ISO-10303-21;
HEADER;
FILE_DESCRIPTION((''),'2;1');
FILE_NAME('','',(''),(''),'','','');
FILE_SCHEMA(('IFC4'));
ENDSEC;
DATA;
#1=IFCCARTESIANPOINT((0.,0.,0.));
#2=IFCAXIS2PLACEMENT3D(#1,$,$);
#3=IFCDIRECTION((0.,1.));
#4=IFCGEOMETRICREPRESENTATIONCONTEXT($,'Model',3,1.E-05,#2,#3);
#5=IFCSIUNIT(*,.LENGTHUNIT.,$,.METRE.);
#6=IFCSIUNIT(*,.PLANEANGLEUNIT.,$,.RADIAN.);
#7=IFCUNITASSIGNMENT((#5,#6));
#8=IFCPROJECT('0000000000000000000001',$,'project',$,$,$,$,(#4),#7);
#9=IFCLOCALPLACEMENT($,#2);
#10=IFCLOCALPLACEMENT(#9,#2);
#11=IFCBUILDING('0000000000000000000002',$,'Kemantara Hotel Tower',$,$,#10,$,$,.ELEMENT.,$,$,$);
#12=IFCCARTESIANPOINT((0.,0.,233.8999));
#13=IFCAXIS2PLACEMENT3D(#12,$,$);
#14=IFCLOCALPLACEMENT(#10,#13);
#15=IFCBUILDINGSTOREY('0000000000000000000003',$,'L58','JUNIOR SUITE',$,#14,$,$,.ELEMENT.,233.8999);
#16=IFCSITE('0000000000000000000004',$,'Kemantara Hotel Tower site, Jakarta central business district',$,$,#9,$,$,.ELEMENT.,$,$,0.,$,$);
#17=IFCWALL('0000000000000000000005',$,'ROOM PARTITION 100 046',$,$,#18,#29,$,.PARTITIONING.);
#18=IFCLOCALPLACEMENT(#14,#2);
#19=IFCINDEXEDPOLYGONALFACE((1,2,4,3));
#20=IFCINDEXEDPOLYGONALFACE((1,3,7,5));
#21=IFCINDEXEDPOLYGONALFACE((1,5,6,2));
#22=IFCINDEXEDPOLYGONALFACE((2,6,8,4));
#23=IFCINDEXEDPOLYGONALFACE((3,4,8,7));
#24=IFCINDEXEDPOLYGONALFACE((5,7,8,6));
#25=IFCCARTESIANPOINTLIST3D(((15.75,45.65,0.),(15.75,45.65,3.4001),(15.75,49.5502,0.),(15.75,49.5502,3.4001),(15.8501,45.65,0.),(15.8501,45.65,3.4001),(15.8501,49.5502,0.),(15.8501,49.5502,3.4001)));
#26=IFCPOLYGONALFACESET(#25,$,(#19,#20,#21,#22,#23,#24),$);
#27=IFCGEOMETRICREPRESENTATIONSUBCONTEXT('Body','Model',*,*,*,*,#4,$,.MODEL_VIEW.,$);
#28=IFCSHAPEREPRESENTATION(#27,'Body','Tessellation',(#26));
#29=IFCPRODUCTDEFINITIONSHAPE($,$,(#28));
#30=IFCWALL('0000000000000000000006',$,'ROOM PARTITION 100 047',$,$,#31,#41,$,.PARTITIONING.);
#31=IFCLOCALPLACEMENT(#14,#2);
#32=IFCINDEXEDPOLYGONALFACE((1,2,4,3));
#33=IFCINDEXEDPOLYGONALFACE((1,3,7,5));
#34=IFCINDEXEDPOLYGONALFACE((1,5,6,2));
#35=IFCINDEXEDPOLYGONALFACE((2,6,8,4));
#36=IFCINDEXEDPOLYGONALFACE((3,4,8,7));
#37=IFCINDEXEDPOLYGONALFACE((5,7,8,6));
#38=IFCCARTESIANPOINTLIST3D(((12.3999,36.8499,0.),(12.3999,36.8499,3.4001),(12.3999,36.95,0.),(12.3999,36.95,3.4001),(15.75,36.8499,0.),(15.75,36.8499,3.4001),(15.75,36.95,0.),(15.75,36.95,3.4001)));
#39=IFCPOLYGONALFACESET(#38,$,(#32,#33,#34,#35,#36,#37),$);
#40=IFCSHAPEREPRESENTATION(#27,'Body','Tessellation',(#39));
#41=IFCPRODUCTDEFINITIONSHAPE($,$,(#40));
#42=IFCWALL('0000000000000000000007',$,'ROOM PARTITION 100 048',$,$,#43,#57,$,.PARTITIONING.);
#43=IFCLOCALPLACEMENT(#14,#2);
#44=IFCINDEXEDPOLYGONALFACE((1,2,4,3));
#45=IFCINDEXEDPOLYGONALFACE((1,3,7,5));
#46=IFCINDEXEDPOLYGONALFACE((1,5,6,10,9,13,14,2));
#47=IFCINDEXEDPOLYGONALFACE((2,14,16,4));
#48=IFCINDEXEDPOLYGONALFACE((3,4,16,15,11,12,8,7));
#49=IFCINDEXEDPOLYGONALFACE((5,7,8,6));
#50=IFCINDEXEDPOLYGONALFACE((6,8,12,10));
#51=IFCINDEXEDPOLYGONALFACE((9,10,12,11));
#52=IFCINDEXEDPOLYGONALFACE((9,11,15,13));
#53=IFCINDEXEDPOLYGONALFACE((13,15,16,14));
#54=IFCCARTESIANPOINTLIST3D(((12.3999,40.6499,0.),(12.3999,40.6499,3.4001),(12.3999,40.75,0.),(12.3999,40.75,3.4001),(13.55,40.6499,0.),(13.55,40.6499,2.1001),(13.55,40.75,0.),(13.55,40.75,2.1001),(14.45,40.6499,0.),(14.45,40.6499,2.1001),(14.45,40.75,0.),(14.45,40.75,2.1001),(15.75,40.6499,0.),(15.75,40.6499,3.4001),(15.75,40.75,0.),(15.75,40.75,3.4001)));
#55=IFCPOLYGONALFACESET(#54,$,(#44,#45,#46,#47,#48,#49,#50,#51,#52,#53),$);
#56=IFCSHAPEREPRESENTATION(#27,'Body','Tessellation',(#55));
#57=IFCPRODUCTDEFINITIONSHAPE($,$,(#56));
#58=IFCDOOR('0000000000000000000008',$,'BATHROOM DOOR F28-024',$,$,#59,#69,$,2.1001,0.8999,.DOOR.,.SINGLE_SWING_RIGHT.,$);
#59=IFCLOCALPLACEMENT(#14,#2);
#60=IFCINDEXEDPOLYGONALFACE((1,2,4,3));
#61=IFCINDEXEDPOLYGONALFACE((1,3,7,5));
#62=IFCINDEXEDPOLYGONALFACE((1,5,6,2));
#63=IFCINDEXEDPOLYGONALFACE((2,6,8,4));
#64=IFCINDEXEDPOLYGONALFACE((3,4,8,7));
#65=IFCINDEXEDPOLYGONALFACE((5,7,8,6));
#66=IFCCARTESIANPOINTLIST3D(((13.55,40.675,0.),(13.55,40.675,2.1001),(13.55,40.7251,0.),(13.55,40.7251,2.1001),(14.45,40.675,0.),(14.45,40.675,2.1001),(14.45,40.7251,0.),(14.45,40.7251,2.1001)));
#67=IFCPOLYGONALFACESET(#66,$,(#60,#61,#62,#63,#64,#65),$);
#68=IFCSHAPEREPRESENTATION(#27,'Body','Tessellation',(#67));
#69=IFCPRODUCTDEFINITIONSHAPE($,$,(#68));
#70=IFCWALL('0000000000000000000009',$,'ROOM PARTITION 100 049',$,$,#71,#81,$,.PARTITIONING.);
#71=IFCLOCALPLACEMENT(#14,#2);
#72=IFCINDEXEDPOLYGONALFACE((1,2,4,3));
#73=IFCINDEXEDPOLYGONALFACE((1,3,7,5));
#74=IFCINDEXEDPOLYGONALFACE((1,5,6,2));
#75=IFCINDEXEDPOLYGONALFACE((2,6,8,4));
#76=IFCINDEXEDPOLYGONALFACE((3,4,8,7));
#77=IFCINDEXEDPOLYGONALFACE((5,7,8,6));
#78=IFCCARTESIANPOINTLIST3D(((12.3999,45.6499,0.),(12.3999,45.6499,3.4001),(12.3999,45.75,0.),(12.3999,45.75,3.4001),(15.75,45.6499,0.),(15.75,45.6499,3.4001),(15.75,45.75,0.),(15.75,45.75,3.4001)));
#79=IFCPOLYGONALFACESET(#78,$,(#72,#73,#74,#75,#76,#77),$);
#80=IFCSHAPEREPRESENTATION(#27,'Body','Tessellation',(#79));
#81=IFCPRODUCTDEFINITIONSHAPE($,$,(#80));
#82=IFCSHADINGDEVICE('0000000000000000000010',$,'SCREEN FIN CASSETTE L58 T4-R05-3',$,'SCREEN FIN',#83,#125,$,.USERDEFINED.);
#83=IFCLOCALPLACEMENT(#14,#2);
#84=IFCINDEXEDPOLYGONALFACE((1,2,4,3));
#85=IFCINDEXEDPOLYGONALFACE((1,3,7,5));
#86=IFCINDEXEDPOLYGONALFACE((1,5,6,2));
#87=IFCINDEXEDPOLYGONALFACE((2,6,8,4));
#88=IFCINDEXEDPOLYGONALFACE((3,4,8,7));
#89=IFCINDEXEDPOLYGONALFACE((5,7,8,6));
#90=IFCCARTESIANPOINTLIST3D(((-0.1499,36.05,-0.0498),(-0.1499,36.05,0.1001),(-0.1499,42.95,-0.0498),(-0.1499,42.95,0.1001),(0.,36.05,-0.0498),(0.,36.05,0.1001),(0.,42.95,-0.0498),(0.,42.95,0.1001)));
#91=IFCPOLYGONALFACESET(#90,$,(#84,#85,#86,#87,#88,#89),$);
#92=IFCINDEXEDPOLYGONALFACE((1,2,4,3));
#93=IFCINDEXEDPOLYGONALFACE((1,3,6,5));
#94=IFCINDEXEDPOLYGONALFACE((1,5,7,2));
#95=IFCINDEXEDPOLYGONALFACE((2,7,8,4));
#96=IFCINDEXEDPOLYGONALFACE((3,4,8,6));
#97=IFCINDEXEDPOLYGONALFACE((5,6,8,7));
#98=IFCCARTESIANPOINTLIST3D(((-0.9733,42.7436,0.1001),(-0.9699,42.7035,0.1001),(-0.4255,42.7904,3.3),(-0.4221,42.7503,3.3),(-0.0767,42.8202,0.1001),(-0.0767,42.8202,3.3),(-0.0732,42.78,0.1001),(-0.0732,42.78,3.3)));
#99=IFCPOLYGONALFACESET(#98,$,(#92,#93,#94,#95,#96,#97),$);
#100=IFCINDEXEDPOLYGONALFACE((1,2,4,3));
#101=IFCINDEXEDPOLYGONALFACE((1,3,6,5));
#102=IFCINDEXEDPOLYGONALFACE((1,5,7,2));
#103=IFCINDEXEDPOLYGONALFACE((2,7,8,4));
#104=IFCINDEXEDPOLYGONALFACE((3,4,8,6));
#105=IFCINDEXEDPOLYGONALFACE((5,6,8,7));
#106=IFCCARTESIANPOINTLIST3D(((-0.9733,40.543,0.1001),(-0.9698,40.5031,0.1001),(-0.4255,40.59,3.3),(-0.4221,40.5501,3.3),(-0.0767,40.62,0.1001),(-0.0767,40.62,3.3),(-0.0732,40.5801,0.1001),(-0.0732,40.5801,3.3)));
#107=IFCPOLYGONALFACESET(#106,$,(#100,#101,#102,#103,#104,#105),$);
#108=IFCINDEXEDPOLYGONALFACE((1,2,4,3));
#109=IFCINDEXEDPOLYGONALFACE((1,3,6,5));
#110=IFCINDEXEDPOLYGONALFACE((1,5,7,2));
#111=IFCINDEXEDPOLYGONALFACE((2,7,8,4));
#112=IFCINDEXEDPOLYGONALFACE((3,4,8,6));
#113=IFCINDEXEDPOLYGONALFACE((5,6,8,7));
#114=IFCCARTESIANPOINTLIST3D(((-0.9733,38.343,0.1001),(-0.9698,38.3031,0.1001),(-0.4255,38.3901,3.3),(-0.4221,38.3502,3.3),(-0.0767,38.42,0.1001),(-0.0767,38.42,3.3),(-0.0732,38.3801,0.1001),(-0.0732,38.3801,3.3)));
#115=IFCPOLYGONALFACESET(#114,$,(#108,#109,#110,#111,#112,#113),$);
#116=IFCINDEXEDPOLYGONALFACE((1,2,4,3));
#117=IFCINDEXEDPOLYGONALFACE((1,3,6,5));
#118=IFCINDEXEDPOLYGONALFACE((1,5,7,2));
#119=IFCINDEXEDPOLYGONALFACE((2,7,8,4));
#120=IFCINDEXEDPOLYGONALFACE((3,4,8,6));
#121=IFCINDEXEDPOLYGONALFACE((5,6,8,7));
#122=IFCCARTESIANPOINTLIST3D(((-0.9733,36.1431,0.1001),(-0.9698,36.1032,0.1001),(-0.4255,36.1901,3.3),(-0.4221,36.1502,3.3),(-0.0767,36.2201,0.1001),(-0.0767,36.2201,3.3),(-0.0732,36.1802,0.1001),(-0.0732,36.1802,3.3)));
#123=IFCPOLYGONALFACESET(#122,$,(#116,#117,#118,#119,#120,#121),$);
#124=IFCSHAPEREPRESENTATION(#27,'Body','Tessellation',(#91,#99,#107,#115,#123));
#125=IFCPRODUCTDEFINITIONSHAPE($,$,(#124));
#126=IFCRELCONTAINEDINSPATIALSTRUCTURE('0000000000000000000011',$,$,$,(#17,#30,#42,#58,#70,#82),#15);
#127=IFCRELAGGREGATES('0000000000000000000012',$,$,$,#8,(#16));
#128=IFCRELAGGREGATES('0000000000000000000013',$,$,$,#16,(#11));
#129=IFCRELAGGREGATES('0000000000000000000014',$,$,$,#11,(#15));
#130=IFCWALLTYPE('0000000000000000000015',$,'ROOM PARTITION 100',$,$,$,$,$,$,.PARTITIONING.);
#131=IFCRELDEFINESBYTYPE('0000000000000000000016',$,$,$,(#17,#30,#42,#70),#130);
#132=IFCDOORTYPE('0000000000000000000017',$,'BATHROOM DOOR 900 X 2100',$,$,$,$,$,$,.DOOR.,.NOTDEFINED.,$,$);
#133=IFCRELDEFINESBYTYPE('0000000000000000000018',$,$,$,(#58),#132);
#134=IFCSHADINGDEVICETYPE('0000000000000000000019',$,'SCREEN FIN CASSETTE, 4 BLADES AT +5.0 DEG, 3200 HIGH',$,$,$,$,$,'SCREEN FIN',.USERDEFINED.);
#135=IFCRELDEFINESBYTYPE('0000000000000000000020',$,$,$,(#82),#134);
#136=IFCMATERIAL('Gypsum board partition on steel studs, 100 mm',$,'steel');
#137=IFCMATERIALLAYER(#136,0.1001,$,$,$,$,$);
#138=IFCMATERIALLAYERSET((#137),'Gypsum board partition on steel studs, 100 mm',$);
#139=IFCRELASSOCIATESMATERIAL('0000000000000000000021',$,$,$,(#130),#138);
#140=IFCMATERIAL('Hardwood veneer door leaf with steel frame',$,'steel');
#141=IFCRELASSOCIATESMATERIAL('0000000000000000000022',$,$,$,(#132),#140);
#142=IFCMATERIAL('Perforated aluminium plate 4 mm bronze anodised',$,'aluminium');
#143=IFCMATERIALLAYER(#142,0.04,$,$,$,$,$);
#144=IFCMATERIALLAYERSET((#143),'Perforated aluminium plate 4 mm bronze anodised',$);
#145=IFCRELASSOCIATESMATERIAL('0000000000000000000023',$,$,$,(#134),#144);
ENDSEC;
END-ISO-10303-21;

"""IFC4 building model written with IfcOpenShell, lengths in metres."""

from ifc_helpers import new_model, si_unit, direction, frame, frame_2d, origin, origin_2d, place, context, subcontext, project, spatial, polyline, rectangle, outline, extrude, source, transform, mapped, material, layer, layer_set, type_object, element, fill, save


model = new_model("IFC4")

# Units and contexts
model_context = context("Model", 3, precision=1e-05, world=origin(), true_north=direction((0.0, 1.0)))
body_context = subcontext(model_context, "Body", "Model", "MODEL_VIEW")
ifc_project = project(units=[si_unit("LENGTHUNIT", "METRE"), si_unit("PLANEANGLEUNIT", "RADIAN")], contexts=[model_context])

# Site, building, storey
site_placement = place(None, origin())
site = spatial("IfcSite", under=ifc_project, at=site_placement, Name="Kemantara Hotel Tower site, Jakarta central business district", CompositionType="ELEMENT", RefElevation=0.0)
building_placement = place(site_placement, origin())
building = spatial("IfcBuilding", under=site, at=building_placement, Name="Kemantara Hotel Tower", CompositionType="ELEMENT")
storey_placement = place(building_placement, frame((0.0, 0.0, 233.8999)))
storey = spatial("IfcBuildingStorey", under=building, at=storey_placement, Name="L58", Description="JUNIOR SUITE", CompositionType="ELEMENT", Elevation=233.8999)

# Shared definitions
ifc_material_1 = material(Name="Hardwood veneer door leaf with steel frame", Category="steel")

# Shared definitions
ifc_material_2 = material(Name="Gypsum board partition on steel studs, 100 mm", Category="steel")
ifc_layer_1 = layer(ifc_material_2, 0.1001)
ifc_layer_set_1 = layer_set([ifc_layer_1], Name="Gypsum board partition on steel studs, 100 mm")
wall_type_1 = type_object("IfcWallType", Name="ROOM PARTITION 100", PredefinedType="PARTITIONING", material=ifc_layer_set_1)

# Shared definitions
door_type_1 = type_object("IfcDoorType", Name="BATHROOM DOOR 900 X 2100", OperationType="NOTDEFINED", PredefinedType="DOOR", material=ifc_material_1)

# Walls
wall_1_placement = place(storey_placement, frame((15.8, 45.6499, 0.0), z_axis=(0.0, 0.0, 1.0), x_axis=(0.0, 1.0, 0.0)))
element("IfcWall", 1, at=wall_1_placement, inside=storey, type_object=wall_type_1, Name="ROOM PARTITION 100 046", PredefinedType="PARTITIONING", context=body_context, shape_type="SweptSolid", body=[
    extrude(rectangle(XDim=3.9001, YDim=0.1001, at=frame_2d((1.9502, 0.0))), origin(), (0.0, 0.0, 1.0), 3.4001),
])
wall_2_placement = place(storey_placement, frame((12.3999, 36.8999, 0.0), z_axis=(0.0, 0.0, 1.0), x_axis=(1.0, 0.0, 0.0)))
element("IfcWall", 2, at=wall_2_placement, inside=storey, type_object=wall_type_1, Name="ROOM PARTITION 100 047", PredefinedType="PARTITIONING", context=body_context, shape_type="SweptSolid", body=[
    extrude(rectangle(XDim=3.3501, YDim=0.1001, at=frame_2d((1.675, 0.0))), origin(), (0.0, 0.0, 1.0), 3.4001),
])

# Wall, opening, door
wall_3_placement = place(storey_placement, frame((15.75, 40.7, 0.0), z_axis=(0.0, 0.0, 1.0), x_axis=(-1.0, 0.0, 0.0)))
wall_3 = element("IfcWall", 3, at=wall_3_placement, inside=storey, type_object=wall_type_1, Name="ROOM PARTITION 100 048", PredefinedType="PARTITIONING", context=body_context, shape_type="SweptSolid", body=[
    extrude(rectangle(XDim=3.3501, YDim=0.1001, at=frame_2d((1.675, 0.0))), origin(), (0.0, 0.0, 1.0), 3.4001),
])
opening_1_placement = place(wall_3_placement, frame((1.3, 0.0, 0.0)))
opening_1 = element("IfcOpeningElement", 4, at=opening_1_placement, cuts=wall_3, PredefinedType="OPENING", context=body_context, shape_type="SweptSolid", body=[
    extrude(rectangle(XDim=0.8999, YDim=2.1001, at=frame_2d((0.45, 1.05))), frame((0.0, 0.0601, 0.0), z_axis=(0.0, -1.0, 0.0), x_axis=(1.0, 0.0, 0.0)), (0.0, 0.0, 1.0), 0.1201),
])
door_1_placement = place(opening_1_placement, origin())
door_1 = element("IfcDoor", 5, at=door_1_placement, inside=storey, type_object=door_type_1, Name="BATHROOM DOOR F28-024", OperationType="SINGLE_SWING_RIGHT", OverallHeight=2.1001, OverallWidth=0.8999, PredefinedType="DOOR", context=body_context, shape_type="SweptSolid", body=[
    extrude(rectangle(XDim=0.8999, YDim=2.1001, at=frame_2d((0.45, 1.05))), frame((0.0, 0.0249, 0.0), z_axis=(0.0, -1.0, 0.0), x_axis=(1.0, 0.0, 0.0)), (0.0, 0.0, 1.0), 0.05),
])
fill(opening_1, door_1)

# Wall
wall_4_placement = place(storey_placement, frame((12.3999, 45.7, 0.0), z_axis=(0.0, 0.0, 1.0), x_axis=(1.0, 0.0, 0.0)))
element("IfcWall", 6, at=wall_4_placement, inside=storey, type_object=wall_type_1, Name="ROOM PARTITION 100 049", PredefinedType="PARTITIONING", context=body_context, shape_type="SweptSolid", body=[
    extrude(rectangle(XDim=3.3501, YDim=0.1001, at=frame_2d((1.675, 0.0))), origin(), (0.0, 0.0, 1.0), 3.4001),
])

# Shading device
ifc_material_3 = material(Name="Perforated aluminium plate 4 mm bronze anodised", Category="aluminium")
ifc_layer_2 = layer(ifc_material_3, 0.04)
ifc_layer_set_2 = layer_set([ifc_layer_2], Name="Perforated aluminium plate 4 mm bronze anodised")
shading_device_type = type_object("IfcShadingDeviceType", Name="SCREEN FIN CASSETTE, 4 BLADES AT +5.0 DEG, 3200 HIGH", ElementType="SCREEN FIN", PredefinedType="USERDEFINED", material=ifc_layer_set_2)
shared_shape = source(origin(), body_context, "Body", "SweptSolid", [
    extrude(rectangle(XDim=6.8999, YDim=0.1499, at=origin_2d()), frame((3.3, -0.075, -0.1499), z_axis=(0.0, 0.0, 1.0), x_axis=(1.0, 0.0, 0.0)), (0.0, 0.0, 1.0), 0.1499),
    extrude(outline(polyline([(0.0, 0.0), (0.8999, 0.0), (0.3501, 3.2), (0.0, 3.2), (0.0, 0.0)])), frame((0.02, -0.0732, 0.0), z_axis=(-0.996376, -0.085056, 0.0), x_axis=(0.085056, -0.996376, 0.0)), (0.0, 0.0, 1.0), 0.0403),
    extrude(outline(polyline([(0.0, 0.0), (0.8999, 0.0), (0.3501, 3.2), (0.0, 3.2), (0.0, 0.0)])), frame((2.22, -0.0732, 0.0), z_axis=(-0.996332, -0.085575, 0.0), x_axis=(0.085575, -0.996332, 0.0)), (0.0, 0.0, 1.0), 0.04),
    extrude(outline(polyline([(0.0, 0.0), (0.8999, 0.0), (0.3501, 3.2), (0.0, 3.2), (0.0, 0.0)])), frame((4.4199, -0.0732, 0.0), z_axis=(-0.996332, -0.085575, 0.0), x_axis=(0.085575, -0.996332, 0.0)), (0.0, 0.0, 1.0), 0.04),
    extrude(outline(polyline([(0.0, 0.0), (0.8999, 0.0), (0.3501, 3.2), (0.0, 3.2), (0.0, 0.0)])), frame((6.6199, -0.0732, 0.0), z_axis=(-0.996332, -0.085575, 0.0), x_axis=(0.085575, -0.996332, 0.0)), (0.0, 0.0, 1.0), 0.04),
])
shading_device_placement = place(storey_placement, frame((0.0, 42.8, 0.1001), z_axis=(0.0, 0.0, 1.0), x_axis=(0.0, -1.0, 0.0)))
element("IfcShadingDevice", 7, at=shading_device_placement, inside=storey, type_object=shading_device_type, Name="SCREEN FIN CASSETTE L58 T4-R05-3", ObjectType="SCREEN FIN", PredefinedType="USERDEFINED", context=body_context, shape_type="MappedRepresentation", body=[
    mapped(shared_shape, transform((0.0, 0.0, 0.0))),
])

save(model, "model.ifc")
